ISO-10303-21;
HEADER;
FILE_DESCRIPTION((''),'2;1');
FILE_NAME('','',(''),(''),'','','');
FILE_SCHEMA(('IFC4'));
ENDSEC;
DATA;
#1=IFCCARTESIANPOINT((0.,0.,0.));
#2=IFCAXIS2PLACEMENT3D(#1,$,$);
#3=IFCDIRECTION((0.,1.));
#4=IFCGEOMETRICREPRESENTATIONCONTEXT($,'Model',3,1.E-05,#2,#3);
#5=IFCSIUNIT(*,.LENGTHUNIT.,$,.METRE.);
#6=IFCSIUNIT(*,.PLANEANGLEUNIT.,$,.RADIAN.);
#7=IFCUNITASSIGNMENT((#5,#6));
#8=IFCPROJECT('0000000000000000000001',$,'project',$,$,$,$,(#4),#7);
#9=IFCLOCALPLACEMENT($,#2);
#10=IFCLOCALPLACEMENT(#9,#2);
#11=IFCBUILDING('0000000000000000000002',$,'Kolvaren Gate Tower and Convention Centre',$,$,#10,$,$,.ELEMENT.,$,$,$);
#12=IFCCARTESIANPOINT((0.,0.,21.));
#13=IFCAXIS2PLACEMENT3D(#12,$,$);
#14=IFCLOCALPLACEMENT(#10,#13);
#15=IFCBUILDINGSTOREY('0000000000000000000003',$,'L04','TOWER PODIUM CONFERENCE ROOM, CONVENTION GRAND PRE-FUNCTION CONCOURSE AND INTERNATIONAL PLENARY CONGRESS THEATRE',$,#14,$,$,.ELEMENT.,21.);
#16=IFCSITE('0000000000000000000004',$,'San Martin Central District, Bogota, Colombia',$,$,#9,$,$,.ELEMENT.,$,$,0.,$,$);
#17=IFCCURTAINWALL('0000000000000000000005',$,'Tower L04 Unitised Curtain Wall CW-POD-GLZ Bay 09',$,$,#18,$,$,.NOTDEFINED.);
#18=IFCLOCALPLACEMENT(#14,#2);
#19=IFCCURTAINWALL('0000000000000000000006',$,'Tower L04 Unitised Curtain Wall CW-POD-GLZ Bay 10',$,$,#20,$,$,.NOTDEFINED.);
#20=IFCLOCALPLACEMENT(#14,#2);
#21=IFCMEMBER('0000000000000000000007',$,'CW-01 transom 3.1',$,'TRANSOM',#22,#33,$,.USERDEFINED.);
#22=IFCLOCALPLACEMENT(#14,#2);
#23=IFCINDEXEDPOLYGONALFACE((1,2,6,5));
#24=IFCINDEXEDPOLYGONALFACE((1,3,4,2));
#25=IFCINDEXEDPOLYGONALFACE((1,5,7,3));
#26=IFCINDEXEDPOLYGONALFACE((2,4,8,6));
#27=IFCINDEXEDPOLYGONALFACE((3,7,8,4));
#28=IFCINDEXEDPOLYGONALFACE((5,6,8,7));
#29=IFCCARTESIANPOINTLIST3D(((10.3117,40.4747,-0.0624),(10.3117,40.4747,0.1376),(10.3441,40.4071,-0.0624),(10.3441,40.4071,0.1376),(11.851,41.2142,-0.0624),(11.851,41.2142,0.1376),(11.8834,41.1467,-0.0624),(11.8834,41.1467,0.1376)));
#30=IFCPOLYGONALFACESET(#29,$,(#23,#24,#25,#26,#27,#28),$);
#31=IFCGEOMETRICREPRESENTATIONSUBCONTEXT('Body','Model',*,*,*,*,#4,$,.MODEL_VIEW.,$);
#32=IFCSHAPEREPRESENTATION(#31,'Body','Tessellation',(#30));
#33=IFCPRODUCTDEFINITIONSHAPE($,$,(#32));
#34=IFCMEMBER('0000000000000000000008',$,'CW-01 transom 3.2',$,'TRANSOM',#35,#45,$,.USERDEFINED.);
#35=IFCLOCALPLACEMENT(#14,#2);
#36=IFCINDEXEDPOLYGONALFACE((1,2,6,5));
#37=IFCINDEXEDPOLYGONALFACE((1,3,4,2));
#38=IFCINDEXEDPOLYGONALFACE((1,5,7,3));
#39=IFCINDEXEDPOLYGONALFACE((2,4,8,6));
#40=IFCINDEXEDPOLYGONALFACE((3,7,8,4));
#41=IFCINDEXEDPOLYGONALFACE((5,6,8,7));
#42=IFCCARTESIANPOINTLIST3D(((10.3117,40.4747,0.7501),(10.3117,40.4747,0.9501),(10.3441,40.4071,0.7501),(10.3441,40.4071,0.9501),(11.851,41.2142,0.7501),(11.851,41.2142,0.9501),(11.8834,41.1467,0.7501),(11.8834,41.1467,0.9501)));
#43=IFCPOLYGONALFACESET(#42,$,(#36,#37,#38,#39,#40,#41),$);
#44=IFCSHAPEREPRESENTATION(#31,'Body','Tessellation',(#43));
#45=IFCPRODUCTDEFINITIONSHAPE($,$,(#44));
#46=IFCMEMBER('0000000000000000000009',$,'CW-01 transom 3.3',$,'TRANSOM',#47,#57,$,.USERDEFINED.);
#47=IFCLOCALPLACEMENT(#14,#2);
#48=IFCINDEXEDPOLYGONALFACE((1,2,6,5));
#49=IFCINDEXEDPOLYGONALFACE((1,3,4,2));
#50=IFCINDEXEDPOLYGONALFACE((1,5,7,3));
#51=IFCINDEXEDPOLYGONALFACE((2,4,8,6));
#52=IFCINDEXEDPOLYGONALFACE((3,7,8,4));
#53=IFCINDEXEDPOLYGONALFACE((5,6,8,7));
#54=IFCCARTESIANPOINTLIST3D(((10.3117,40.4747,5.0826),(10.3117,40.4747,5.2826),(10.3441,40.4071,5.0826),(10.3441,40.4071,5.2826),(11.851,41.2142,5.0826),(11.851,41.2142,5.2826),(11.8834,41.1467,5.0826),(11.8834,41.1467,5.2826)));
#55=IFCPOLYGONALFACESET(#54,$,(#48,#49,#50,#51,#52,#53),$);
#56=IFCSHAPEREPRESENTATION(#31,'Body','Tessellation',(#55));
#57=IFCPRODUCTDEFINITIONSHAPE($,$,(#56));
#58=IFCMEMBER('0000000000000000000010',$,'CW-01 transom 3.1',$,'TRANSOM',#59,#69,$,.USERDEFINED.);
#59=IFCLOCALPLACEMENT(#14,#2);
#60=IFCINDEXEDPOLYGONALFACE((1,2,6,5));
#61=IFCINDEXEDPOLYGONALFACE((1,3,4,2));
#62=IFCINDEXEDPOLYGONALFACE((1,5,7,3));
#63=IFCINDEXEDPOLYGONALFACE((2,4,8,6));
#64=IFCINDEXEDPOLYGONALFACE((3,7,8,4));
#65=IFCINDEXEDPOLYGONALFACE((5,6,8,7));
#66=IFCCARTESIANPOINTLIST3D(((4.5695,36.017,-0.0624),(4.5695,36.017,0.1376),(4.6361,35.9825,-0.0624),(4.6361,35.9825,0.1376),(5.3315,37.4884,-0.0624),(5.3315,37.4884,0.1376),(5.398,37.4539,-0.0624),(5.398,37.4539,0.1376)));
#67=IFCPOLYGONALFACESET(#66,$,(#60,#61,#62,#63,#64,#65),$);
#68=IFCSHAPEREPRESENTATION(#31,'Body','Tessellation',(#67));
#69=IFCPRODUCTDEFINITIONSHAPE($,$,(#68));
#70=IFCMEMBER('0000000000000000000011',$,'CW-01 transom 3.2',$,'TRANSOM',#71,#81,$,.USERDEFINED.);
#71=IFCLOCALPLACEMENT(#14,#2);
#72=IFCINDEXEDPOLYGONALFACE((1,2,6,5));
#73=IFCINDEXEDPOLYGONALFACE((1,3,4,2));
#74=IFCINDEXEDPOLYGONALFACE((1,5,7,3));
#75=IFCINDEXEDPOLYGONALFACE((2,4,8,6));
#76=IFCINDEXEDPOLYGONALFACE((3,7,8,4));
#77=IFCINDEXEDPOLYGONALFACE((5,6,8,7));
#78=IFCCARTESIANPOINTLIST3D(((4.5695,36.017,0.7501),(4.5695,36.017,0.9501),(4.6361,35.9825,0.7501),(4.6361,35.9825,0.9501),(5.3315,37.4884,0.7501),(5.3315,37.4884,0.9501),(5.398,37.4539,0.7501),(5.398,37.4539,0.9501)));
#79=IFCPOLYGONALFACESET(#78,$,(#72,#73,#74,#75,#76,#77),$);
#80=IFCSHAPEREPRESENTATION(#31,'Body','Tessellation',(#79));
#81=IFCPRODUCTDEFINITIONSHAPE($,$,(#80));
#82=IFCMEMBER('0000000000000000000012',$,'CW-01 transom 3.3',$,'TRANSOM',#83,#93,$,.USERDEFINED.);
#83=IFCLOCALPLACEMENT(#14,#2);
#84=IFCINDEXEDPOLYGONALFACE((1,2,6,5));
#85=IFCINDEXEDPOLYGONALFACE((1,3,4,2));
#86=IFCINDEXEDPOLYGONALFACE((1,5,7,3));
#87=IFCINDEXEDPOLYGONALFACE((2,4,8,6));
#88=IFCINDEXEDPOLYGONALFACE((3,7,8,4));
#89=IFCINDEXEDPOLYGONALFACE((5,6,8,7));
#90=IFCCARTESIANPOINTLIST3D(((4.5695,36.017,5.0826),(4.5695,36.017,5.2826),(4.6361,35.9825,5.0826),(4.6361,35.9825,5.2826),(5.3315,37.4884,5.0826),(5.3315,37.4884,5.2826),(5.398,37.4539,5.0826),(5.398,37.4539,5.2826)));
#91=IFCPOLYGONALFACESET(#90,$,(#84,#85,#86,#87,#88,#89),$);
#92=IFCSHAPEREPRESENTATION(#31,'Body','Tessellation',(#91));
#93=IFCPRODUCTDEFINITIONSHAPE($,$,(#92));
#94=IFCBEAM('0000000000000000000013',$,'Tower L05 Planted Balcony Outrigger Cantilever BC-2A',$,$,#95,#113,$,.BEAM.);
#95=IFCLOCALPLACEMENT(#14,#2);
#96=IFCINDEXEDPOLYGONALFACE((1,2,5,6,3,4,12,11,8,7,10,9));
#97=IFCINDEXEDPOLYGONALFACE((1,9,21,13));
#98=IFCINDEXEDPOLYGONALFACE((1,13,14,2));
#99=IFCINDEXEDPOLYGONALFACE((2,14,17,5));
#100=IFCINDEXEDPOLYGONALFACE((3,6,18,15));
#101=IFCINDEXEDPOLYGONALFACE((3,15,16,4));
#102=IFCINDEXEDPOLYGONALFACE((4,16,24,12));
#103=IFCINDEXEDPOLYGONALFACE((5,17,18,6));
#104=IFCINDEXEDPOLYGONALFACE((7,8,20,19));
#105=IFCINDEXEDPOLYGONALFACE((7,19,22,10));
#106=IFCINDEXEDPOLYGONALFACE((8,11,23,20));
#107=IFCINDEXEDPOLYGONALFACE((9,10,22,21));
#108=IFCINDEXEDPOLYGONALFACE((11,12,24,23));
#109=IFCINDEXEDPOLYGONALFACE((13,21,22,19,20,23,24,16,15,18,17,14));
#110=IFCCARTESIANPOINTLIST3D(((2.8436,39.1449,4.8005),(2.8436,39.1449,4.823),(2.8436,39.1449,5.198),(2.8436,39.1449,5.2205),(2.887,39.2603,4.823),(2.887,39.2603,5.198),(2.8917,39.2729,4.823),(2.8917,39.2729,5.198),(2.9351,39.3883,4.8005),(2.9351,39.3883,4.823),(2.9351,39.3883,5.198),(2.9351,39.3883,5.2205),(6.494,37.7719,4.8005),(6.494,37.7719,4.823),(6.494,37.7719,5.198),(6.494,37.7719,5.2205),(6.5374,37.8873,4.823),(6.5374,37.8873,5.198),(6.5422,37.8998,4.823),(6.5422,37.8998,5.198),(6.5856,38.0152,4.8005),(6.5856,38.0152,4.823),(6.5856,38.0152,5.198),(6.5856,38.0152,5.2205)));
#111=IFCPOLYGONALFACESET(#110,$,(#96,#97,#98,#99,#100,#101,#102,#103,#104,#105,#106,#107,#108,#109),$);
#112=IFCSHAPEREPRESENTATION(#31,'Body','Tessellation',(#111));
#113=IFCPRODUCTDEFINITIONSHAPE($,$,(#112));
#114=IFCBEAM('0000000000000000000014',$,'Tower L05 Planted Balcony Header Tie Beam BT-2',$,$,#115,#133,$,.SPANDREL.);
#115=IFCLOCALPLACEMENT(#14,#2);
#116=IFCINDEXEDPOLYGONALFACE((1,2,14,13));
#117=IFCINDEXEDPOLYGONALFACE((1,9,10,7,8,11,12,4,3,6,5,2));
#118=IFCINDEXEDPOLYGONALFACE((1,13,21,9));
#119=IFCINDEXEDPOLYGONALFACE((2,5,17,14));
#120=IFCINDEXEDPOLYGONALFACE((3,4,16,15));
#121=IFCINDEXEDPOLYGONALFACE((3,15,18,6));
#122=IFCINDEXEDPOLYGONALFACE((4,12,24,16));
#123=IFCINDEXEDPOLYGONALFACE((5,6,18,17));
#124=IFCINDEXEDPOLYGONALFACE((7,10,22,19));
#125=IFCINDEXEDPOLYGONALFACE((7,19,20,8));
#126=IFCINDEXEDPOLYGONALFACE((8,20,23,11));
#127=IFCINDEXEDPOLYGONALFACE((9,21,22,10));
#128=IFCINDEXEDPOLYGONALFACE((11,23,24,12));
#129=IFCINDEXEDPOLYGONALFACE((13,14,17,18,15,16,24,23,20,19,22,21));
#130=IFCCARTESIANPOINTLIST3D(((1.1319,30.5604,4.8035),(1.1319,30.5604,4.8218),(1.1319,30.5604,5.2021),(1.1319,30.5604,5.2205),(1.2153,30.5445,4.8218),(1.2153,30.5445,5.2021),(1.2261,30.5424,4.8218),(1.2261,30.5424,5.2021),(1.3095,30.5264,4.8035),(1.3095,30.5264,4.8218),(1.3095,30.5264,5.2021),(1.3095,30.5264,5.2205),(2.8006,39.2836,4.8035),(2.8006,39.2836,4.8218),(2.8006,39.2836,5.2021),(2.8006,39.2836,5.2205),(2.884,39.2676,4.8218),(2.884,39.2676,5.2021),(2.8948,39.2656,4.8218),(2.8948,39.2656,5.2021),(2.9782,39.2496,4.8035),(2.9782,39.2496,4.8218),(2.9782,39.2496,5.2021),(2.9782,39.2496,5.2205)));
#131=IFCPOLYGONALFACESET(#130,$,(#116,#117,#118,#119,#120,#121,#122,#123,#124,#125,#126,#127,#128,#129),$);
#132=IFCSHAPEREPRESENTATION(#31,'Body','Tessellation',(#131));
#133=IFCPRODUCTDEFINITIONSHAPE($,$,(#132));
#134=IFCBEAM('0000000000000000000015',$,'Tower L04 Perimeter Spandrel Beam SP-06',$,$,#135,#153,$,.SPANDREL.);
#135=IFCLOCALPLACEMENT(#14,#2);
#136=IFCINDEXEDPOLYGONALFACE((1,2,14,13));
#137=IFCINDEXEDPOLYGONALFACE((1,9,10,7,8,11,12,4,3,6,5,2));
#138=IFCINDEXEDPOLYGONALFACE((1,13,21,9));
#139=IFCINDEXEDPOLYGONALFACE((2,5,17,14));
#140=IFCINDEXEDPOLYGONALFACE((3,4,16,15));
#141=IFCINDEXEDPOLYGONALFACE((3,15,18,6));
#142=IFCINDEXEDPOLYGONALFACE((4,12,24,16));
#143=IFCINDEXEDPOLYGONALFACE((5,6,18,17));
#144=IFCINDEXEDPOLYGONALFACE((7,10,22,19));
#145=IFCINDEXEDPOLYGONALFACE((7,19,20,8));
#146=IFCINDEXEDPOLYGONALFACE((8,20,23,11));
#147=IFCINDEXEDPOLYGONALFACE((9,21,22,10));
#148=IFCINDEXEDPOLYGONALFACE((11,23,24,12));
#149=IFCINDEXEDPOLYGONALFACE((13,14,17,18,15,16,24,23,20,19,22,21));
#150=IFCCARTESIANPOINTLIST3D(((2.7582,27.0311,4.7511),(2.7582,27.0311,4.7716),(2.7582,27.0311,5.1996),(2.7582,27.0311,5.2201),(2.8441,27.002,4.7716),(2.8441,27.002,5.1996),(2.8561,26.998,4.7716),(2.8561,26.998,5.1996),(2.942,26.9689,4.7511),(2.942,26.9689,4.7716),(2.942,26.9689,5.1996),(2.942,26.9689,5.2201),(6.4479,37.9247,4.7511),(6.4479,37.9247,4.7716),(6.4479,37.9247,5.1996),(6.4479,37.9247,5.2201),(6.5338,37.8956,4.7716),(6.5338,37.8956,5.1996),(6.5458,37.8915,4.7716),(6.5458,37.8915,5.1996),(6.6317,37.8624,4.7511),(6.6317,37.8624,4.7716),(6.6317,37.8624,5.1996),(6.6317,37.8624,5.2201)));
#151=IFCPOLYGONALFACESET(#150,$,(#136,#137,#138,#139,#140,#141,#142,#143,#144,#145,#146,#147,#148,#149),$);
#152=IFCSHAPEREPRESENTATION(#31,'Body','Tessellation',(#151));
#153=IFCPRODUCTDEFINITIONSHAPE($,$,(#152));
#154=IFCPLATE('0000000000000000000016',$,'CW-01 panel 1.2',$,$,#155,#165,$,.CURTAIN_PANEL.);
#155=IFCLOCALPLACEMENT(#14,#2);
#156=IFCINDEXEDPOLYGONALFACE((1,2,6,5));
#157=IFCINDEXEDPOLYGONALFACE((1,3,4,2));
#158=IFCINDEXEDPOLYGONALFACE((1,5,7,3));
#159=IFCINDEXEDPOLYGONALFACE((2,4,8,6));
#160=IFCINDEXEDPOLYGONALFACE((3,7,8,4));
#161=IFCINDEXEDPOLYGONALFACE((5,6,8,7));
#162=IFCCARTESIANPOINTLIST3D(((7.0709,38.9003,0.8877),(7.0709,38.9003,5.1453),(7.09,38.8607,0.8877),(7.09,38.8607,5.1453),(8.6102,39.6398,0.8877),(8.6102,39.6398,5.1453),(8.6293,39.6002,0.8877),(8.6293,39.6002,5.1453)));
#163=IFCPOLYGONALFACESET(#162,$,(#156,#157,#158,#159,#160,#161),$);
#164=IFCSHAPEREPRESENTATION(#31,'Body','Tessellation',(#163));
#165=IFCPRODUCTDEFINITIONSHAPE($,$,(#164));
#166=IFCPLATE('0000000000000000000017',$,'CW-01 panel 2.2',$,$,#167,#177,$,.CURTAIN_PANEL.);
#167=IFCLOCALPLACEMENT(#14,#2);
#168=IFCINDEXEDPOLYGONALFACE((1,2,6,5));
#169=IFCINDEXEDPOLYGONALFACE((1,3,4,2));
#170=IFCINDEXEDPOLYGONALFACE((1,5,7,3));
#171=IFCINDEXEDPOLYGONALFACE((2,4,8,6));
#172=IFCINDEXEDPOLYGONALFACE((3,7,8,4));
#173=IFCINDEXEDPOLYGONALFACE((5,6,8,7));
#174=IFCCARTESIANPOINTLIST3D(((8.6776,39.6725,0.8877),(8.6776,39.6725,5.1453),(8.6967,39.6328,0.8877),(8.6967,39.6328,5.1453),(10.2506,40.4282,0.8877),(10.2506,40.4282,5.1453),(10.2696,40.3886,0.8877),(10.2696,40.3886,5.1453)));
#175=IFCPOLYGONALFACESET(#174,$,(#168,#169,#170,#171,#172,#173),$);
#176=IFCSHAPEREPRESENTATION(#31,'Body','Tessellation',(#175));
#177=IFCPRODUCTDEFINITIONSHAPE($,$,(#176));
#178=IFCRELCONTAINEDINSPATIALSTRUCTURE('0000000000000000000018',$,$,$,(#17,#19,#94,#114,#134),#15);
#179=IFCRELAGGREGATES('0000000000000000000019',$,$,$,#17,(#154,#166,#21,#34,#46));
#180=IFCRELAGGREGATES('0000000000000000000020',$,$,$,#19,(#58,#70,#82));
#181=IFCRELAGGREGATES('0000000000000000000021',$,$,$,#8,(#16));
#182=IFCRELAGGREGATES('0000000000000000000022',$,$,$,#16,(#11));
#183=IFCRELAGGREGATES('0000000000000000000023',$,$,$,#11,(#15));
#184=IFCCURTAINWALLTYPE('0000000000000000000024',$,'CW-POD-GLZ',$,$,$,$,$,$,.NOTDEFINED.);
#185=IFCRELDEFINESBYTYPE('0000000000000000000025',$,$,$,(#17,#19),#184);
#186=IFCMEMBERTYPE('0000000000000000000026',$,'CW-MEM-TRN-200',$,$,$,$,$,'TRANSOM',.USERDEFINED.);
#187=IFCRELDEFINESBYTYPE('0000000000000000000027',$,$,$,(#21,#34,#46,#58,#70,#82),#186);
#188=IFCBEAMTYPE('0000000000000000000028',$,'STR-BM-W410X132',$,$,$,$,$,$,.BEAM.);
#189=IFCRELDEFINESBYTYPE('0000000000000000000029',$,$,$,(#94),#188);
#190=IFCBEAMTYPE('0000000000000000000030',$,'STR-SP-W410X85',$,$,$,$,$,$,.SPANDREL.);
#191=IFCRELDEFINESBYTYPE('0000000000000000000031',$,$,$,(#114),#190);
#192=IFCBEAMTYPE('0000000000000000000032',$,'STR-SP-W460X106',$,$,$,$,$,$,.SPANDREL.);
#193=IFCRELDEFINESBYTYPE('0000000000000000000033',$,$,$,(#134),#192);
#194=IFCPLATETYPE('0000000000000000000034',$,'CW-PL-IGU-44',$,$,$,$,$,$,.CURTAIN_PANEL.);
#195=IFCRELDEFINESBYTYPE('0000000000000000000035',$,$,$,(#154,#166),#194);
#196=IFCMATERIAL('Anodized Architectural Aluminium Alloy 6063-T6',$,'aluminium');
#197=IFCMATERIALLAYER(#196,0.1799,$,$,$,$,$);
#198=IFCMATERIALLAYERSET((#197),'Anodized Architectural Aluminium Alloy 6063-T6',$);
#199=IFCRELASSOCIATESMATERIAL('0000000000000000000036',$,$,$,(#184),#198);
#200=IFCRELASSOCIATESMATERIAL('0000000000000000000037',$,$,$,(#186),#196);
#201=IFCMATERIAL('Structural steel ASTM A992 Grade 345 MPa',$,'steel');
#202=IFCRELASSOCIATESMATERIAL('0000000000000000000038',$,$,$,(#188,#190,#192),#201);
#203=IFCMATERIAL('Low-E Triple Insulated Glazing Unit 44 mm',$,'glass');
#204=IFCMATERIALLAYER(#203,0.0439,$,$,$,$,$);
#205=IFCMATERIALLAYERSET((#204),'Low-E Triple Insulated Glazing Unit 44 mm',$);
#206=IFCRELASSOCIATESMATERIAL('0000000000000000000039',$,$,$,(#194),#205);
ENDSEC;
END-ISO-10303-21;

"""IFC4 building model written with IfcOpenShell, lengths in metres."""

from ifc_helpers import new_model, si_unit, direction, frame, origin, origin_2d, place, context, subcontext, project, spatial, rectangle, i_section, extrude, material, layer, layer_set, material_profile, profile_set, type_object, element, aggregate, save


model = new_model("IFC4")

# Units and contexts
model_context = context("Model", 3, precision=1e-05, world=origin(), true_north=direction((0.0, 1.0)))
body_context = subcontext(model_context, "Body", "Model", "MODEL_VIEW")
ifc_project = project(units=[si_unit("LENGTHUNIT", "METRE"), si_unit("PLANEANGLEUNIT", "RADIAN")], contexts=[model_context])

# Site, building, storey
site_placement = place(None, origin())
site = spatial("IfcSite", under=ifc_project, at=site_placement, Name="San Martin Central District, Bogota, Colombia", CompositionType="ELEMENT", RefElevation=0.0)
building_placement = place(site_placement, origin())
building = spatial("IfcBuilding", under=site, at=building_placement, Name="Kolvaren Gate Tower and Convention Centre", CompositionType="ELEMENT")
storey_placement = place(building_placement, frame((0.0, 0.0, 21.0)))
storey = spatial("IfcBuildingStorey", under=building, at=storey_placement, Name="L04", Description="TOWER PODIUM CONFERENCE ROOM, CONVENTION GRAND PRE-FUNCTION CONCOURSE AND INTERNATIONAL PLENARY CONGRESS THEATRE", CompositionType="ELEMENT", Elevation=21.0)

# Shared definitions
ifc_material_1 = material(Name="Anodized Architectural Aluminium Alloy 6063-T6", Category="aluminium")
ifc_layer_1 = layer(ifc_material_1, 0.1799)
ifc_layer_set_1 = layer_set([ifc_layer_1], Name="Anodized Architectural Aluminium Alloy 6063-T6")
curtain_wall_type = type_object("IfcCurtainWallType", Name="CW-POD-GLZ", PredefinedType="NOTDEFINED", material=ifc_layer_set_1)

# Curtain walls
curtain_wall_1_placement = place(storey_placement, origin())
curtain_wall_1 = element("IfcCurtainWall", 1, at=curtain_wall_1_placement, inside=storey, type_object=curtain_wall_type, Name="Tower L04 Unitised Curtain Wall CW-POD-GLZ Bay 09", PredefinedType="NOTDEFINED")
curtain_wall_2_placement = place(storey_placement, origin())
curtain_wall_2 = element("IfcCurtainWall", 2, at=curtain_wall_2_placement, inside=storey, type_object=curtain_wall_type, Name="Tower L04 Unitised Curtain Wall CW-POD-GLZ Bay 10", PredefinedType="NOTDEFINED")

# Members
ifc_material_profile_1 = material_profile(ifc_material_1, rectangle(XDim=0.075, YDim=0.2, at=origin_2d()), Name="CW-MEM-TRN-200")
ifc_profile_set_1 = profile_set([ifc_material_profile_1], Name="Anodized Architectural Aluminium Alloy 6063-T6")
member_type_1 = type_object("IfcMemberType", Name="CW-MEM-TRN-200", ElementType="TRANSOM", PredefinedType="USERDEFINED", material=ifc_profile_set_1)
member_1_placement = place(storey_placement, frame((10.3279, 40.4409, 0.0376), z_axis=(0.901378, 0.433033, 0.0), x_axis=(-0.433033, 0.901378, 0.0)))
member_1 = element("IfcMember", 3, at=member_1_placement, type_object=member_type_1, Name="CW-01 transom 3.1", ObjectType="TRANSOM", PredefinedType="USERDEFINED", context=body_context, shape_type="SweptSolid", body=[
    extrude(rectangle(XDim=0.075, YDim=0.2, at=origin_2d()), origin(), (0.0, 0.0, 1.0), 1.7078),
])
member_2_placement = place(storey_placement, frame((10.3279, 40.4409, 0.8501), z_axis=(0.901378, 0.433033, 0.0), x_axis=(-0.433033, 0.901378, 0.0)))
member_2 = element("IfcMember", 4, at=member_2_placement, type_object=member_type_1, Name="CW-01 transom 3.2", ObjectType="TRANSOM", PredefinedType="USERDEFINED", context=body_context, shape_type="SweptSolid", body=[
    extrude(rectangle(XDim=0.075, YDim=0.2, at=origin_2d()), origin(), (0.0, 0.0, 1.0), 1.7078),
])
member_3_placement = place(storey_placement, frame((10.3279, 40.4409, 5.1826), z_axis=(0.901378, 0.433033, 0.0), x_axis=(-0.433033, 0.901378, 0.0)))
member_3 = element("IfcMember", 5, at=member_3_placement, type_object=member_type_1, Name="CW-01 transom 3.3", ObjectType="TRANSOM", PredefinedType="USERDEFINED", context=body_context, shape_type="SweptSolid", body=[
    extrude(rectangle(XDim=0.075, YDim=0.2, at=origin_2d()), origin(), (0.0, 0.0, 1.0), 1.7078),
])
member_4_placement = place(storey_placement, frame((4.6028, 35.9998, 0.0376), z_axis=(0.45984, 0.888002, 0.0), x_axis=(-0.888002, 0.45984, 0.0)))
member_4 = element("IfcMember", 6, at=member_4_placement, type_object=member_type_1, Name="CW-01 transom 3.1", ObjectType="TRANSOM", PredefinedType="USERDEFINED", context=body_context, shape_type="SweptSolid", body=[
    extrude(rectangle(XDim=0.075, YDim=0.2, at=origin_2d()), origin(), (0.0, 0.0, 1.0), 1.657),
])
member_5_placement = place(storey_placement, frame((4.6028, 35.9998, 0.8501), z_axis=(0.45984, 0.888002, 0.0), x_axis=(-0.888002, 0.45984, 0.0)))
member_5 = element("IfcMember", 7, at=member_5_placement, type_object=member_type_1, Name="CW-01 transom 3.2", ObjectType="TRANSOM", PredefinedType="USERDEFINED", context=body_context, shape_type="SweptSolid", body=[
    extrude(rectangle(XDim=0.075, YDim=0.2, at=origin_2d()), origin(), (0.0, 0.0, 1.0), 1.657),
])
member_6_placement = place(storey_placement, frame((4.6028, 35.9998, 5.1826), z_axis=(0.45984, 0.888002, 0.0), x_axis=(-0.888002, 0.45984, 0.0)))
member_6 = element("IfcMember", 8, at=member_6_placement, type_object=member_type_1, Name="CW-01 transom 3.3", ObjectType="TRANSOM", PredefinedType="USERDEFINED", context=body_context, shape_type="SweptSolid", body=[
    extrude(rectangle(XDim=0.075, YDim=0.2, at=origin_2d()), origin(), (0.0, 0.0, 1.0), 1.657),
])

# Beams
ifc_material_2 = material(Name="Structural steel ASTM A992 Grade 345 MPa", Category="steel")
ifc_material_profile_2 = material_profile(ifc_material_2, i_section(OverallWidth=0.26, OverallDepth=0.4199, WebThickness=0.0134, FlangeThickness=0.0225, at=origin_2d()), Name="W410X132")
ifc_profile_set_2 = profile_set([ifc_material_profile_2], Name="Structural steel ASTM A992 Grade 345 MPa")
beam_type_1 = type_object("IfcBeamType", Name="STR-BM-W410X132", PredefinedType="BEAM", material=ifc_profile_set_2)
beam_1_placement = place(storey_placement, frame((6.5398, 37.8936, 5.0105), z_axis=(-0.935979, 0.352056, 0.0), x_axis=(-0.352056, -0.935979, 0.0)))
element("IfcBeam", 9, at=beam_1_placement, inside=storey, type_object=beam_type_1, Name="Tower L05 Planted Balcony Outrigger Cantilever BC-2A", PredefinedType="BEAM", context=body_context, shape_type="SweptSolid", body=[
    extrude(i_section(OverallWidth=0.26, OverallDepth=0.4199, WebThickness=0.0134, FlangeThickness=0.0225, at=origin_2d()), origin(), (0.0, 0.0, 1.0), 3.9001),
])
ifc_material_profile_3 = material_profile(ifc_material_2, i_section(OverallWidth=0.1809, OverallDepth=0.417, WebThickness=0.011, FlangeThickness=0.0183, at=origin_2d()), Name="W410X85")
ifc_profile_set_3 = profile_set([ifc_material_profile_3], Name="Structural steel ASTM A992 Grade 345 MPa")
beam_type_2 = type_object("IfcBeamType", Name="STR-SP-W410X85", PredefinedType="SPANDREL", material=ifc_profile_set_3)
beam_2_placement = place(storey_placement, frame((2.8894, 39.2666, 5.012), z_axis=(-0.187889, -0.98219, 0.0), x_axis=(0.98219, -0.187889, 0.0)))
element("IfcBeam", 10, at=beam_2_placement, inside=storey, type_object=beam_type_2, Name="Tower L05 Planted Balcony Header Tie Beam BT-2", PredefinedType="SPANDREL", context=body_context, shape_type="SweptSolid", body=[
    extrude(i_section(OverallWidth=0.1809, OverallDepth=0.417, WebThickness=0.011, FlangeThickness=0.0183, at=origin_2d()), origin(), (0.0, 0.0, 1.0), 8.8813),
])
ifc_material_profile_4 = material_profile(ifc_material_2, i_section(OverallWidth=0.1941, OverallDepth=0.469, WebThickness=0.0127, FlangeThickness=0.0205, at=origin_2d()), Name="W460X106")
ifc_profile_set_4 = profile_set([ifc_material_profile_4], Name="Structural steel ASTM A992 Grade 345 MPa")
beam_type_3 = type_object("IfcBeamType", Name="STR-SP-W460X106", PredefinedType="SPANDREL", material=ifc_profile_set_4)
beam_3_placement = place(storey_placement, frame((6.5398, 37.8936, 4.9856), z_axis=(-0.320803, -0.947146, 0.0), x_axis=(0.947146, -0.320803, 0.0)))
element("IfcBeam", 11, at=beam_3_placement, inside=storey, type_object=beam_type_3, Name="Tower L04 Perimeter Spandrel Beam SP-06", PredefinedType="SPANDREL", context=body_context, shape_type="SweptSolid", body=[
    extrude(i_section(OverallWidth=0.1941, OverallDepth=0.469, WebThickness=0.0127, FlangeThickness=0.0205, at=origin_2d()), origin(), (0.0, 0.0, 1.0), 11.5015),
])

# Plates
ifc_material_3 = material(Name="Low-E Triple Insulated Glazing Unit 44 mm", Category="glass")
ifc_layer_2 = layer(ifc_material_3, 0.0439)
ifc_layer_set_2 = layer_set([ifc_layer_2], Name="Low-E Triple Insulated Glazing Unit 44 mm")
plate_type_1 = type_object("IfcPlateType", Name="CW-PL-IGU-44", PredefinedType="CURTAIN_PANEL", material=ifc_layer_set_2)
plate_1_placement = place(storey_placement, frame((7.8501, 39.2502, 0.8877), z_axis=(0.0, 0.0, 1.0), x_axis=(0.901367, 0.433057, 0.0)))
plate_1 = element("IfcPlate", 12, at=plate_1_placement, type_object=plate_type_1, Name="CW-01 panel 1.2", PredefinedType="CURTAIN_PANEL", context=body_context, shape_type="SweptSolid", body=[
    extrude(rectangle(XDim=1.7078, YDim=0.0439, at=origin_2d()), origin(), (0.0, 0.0, 1.0), 4.2576),
])
plate_2_placement = place(storey_placement, frame((9.4736, 40.0305, 0.8877), z_axis=(0.0, 0.0, 1.0), x_axis=(0.901367, 0.433057, 0.0)))
plate_2 = element("IfcPlate", 13, at=plate_2_placement, type_object=plate_type_1, Name="CW-01 panel 2.2", PredefinedType="CURTAIN_PANEL", context=body_context, shape_type="SweptSolid", body=[
    extrude(rectangle(XDim=1.7451, YDim=0.0439, at=origin_2d()), origin(), (0.0, 0.0, 1.0), 4.2576),
])
aggregate(curtain_wall_1, [plate_1, plate_2, member_1, member_2, member_3])
aggregate(curtain_wall_2, [member_4, member_5, member_6])

save(model, "model.ifc")
